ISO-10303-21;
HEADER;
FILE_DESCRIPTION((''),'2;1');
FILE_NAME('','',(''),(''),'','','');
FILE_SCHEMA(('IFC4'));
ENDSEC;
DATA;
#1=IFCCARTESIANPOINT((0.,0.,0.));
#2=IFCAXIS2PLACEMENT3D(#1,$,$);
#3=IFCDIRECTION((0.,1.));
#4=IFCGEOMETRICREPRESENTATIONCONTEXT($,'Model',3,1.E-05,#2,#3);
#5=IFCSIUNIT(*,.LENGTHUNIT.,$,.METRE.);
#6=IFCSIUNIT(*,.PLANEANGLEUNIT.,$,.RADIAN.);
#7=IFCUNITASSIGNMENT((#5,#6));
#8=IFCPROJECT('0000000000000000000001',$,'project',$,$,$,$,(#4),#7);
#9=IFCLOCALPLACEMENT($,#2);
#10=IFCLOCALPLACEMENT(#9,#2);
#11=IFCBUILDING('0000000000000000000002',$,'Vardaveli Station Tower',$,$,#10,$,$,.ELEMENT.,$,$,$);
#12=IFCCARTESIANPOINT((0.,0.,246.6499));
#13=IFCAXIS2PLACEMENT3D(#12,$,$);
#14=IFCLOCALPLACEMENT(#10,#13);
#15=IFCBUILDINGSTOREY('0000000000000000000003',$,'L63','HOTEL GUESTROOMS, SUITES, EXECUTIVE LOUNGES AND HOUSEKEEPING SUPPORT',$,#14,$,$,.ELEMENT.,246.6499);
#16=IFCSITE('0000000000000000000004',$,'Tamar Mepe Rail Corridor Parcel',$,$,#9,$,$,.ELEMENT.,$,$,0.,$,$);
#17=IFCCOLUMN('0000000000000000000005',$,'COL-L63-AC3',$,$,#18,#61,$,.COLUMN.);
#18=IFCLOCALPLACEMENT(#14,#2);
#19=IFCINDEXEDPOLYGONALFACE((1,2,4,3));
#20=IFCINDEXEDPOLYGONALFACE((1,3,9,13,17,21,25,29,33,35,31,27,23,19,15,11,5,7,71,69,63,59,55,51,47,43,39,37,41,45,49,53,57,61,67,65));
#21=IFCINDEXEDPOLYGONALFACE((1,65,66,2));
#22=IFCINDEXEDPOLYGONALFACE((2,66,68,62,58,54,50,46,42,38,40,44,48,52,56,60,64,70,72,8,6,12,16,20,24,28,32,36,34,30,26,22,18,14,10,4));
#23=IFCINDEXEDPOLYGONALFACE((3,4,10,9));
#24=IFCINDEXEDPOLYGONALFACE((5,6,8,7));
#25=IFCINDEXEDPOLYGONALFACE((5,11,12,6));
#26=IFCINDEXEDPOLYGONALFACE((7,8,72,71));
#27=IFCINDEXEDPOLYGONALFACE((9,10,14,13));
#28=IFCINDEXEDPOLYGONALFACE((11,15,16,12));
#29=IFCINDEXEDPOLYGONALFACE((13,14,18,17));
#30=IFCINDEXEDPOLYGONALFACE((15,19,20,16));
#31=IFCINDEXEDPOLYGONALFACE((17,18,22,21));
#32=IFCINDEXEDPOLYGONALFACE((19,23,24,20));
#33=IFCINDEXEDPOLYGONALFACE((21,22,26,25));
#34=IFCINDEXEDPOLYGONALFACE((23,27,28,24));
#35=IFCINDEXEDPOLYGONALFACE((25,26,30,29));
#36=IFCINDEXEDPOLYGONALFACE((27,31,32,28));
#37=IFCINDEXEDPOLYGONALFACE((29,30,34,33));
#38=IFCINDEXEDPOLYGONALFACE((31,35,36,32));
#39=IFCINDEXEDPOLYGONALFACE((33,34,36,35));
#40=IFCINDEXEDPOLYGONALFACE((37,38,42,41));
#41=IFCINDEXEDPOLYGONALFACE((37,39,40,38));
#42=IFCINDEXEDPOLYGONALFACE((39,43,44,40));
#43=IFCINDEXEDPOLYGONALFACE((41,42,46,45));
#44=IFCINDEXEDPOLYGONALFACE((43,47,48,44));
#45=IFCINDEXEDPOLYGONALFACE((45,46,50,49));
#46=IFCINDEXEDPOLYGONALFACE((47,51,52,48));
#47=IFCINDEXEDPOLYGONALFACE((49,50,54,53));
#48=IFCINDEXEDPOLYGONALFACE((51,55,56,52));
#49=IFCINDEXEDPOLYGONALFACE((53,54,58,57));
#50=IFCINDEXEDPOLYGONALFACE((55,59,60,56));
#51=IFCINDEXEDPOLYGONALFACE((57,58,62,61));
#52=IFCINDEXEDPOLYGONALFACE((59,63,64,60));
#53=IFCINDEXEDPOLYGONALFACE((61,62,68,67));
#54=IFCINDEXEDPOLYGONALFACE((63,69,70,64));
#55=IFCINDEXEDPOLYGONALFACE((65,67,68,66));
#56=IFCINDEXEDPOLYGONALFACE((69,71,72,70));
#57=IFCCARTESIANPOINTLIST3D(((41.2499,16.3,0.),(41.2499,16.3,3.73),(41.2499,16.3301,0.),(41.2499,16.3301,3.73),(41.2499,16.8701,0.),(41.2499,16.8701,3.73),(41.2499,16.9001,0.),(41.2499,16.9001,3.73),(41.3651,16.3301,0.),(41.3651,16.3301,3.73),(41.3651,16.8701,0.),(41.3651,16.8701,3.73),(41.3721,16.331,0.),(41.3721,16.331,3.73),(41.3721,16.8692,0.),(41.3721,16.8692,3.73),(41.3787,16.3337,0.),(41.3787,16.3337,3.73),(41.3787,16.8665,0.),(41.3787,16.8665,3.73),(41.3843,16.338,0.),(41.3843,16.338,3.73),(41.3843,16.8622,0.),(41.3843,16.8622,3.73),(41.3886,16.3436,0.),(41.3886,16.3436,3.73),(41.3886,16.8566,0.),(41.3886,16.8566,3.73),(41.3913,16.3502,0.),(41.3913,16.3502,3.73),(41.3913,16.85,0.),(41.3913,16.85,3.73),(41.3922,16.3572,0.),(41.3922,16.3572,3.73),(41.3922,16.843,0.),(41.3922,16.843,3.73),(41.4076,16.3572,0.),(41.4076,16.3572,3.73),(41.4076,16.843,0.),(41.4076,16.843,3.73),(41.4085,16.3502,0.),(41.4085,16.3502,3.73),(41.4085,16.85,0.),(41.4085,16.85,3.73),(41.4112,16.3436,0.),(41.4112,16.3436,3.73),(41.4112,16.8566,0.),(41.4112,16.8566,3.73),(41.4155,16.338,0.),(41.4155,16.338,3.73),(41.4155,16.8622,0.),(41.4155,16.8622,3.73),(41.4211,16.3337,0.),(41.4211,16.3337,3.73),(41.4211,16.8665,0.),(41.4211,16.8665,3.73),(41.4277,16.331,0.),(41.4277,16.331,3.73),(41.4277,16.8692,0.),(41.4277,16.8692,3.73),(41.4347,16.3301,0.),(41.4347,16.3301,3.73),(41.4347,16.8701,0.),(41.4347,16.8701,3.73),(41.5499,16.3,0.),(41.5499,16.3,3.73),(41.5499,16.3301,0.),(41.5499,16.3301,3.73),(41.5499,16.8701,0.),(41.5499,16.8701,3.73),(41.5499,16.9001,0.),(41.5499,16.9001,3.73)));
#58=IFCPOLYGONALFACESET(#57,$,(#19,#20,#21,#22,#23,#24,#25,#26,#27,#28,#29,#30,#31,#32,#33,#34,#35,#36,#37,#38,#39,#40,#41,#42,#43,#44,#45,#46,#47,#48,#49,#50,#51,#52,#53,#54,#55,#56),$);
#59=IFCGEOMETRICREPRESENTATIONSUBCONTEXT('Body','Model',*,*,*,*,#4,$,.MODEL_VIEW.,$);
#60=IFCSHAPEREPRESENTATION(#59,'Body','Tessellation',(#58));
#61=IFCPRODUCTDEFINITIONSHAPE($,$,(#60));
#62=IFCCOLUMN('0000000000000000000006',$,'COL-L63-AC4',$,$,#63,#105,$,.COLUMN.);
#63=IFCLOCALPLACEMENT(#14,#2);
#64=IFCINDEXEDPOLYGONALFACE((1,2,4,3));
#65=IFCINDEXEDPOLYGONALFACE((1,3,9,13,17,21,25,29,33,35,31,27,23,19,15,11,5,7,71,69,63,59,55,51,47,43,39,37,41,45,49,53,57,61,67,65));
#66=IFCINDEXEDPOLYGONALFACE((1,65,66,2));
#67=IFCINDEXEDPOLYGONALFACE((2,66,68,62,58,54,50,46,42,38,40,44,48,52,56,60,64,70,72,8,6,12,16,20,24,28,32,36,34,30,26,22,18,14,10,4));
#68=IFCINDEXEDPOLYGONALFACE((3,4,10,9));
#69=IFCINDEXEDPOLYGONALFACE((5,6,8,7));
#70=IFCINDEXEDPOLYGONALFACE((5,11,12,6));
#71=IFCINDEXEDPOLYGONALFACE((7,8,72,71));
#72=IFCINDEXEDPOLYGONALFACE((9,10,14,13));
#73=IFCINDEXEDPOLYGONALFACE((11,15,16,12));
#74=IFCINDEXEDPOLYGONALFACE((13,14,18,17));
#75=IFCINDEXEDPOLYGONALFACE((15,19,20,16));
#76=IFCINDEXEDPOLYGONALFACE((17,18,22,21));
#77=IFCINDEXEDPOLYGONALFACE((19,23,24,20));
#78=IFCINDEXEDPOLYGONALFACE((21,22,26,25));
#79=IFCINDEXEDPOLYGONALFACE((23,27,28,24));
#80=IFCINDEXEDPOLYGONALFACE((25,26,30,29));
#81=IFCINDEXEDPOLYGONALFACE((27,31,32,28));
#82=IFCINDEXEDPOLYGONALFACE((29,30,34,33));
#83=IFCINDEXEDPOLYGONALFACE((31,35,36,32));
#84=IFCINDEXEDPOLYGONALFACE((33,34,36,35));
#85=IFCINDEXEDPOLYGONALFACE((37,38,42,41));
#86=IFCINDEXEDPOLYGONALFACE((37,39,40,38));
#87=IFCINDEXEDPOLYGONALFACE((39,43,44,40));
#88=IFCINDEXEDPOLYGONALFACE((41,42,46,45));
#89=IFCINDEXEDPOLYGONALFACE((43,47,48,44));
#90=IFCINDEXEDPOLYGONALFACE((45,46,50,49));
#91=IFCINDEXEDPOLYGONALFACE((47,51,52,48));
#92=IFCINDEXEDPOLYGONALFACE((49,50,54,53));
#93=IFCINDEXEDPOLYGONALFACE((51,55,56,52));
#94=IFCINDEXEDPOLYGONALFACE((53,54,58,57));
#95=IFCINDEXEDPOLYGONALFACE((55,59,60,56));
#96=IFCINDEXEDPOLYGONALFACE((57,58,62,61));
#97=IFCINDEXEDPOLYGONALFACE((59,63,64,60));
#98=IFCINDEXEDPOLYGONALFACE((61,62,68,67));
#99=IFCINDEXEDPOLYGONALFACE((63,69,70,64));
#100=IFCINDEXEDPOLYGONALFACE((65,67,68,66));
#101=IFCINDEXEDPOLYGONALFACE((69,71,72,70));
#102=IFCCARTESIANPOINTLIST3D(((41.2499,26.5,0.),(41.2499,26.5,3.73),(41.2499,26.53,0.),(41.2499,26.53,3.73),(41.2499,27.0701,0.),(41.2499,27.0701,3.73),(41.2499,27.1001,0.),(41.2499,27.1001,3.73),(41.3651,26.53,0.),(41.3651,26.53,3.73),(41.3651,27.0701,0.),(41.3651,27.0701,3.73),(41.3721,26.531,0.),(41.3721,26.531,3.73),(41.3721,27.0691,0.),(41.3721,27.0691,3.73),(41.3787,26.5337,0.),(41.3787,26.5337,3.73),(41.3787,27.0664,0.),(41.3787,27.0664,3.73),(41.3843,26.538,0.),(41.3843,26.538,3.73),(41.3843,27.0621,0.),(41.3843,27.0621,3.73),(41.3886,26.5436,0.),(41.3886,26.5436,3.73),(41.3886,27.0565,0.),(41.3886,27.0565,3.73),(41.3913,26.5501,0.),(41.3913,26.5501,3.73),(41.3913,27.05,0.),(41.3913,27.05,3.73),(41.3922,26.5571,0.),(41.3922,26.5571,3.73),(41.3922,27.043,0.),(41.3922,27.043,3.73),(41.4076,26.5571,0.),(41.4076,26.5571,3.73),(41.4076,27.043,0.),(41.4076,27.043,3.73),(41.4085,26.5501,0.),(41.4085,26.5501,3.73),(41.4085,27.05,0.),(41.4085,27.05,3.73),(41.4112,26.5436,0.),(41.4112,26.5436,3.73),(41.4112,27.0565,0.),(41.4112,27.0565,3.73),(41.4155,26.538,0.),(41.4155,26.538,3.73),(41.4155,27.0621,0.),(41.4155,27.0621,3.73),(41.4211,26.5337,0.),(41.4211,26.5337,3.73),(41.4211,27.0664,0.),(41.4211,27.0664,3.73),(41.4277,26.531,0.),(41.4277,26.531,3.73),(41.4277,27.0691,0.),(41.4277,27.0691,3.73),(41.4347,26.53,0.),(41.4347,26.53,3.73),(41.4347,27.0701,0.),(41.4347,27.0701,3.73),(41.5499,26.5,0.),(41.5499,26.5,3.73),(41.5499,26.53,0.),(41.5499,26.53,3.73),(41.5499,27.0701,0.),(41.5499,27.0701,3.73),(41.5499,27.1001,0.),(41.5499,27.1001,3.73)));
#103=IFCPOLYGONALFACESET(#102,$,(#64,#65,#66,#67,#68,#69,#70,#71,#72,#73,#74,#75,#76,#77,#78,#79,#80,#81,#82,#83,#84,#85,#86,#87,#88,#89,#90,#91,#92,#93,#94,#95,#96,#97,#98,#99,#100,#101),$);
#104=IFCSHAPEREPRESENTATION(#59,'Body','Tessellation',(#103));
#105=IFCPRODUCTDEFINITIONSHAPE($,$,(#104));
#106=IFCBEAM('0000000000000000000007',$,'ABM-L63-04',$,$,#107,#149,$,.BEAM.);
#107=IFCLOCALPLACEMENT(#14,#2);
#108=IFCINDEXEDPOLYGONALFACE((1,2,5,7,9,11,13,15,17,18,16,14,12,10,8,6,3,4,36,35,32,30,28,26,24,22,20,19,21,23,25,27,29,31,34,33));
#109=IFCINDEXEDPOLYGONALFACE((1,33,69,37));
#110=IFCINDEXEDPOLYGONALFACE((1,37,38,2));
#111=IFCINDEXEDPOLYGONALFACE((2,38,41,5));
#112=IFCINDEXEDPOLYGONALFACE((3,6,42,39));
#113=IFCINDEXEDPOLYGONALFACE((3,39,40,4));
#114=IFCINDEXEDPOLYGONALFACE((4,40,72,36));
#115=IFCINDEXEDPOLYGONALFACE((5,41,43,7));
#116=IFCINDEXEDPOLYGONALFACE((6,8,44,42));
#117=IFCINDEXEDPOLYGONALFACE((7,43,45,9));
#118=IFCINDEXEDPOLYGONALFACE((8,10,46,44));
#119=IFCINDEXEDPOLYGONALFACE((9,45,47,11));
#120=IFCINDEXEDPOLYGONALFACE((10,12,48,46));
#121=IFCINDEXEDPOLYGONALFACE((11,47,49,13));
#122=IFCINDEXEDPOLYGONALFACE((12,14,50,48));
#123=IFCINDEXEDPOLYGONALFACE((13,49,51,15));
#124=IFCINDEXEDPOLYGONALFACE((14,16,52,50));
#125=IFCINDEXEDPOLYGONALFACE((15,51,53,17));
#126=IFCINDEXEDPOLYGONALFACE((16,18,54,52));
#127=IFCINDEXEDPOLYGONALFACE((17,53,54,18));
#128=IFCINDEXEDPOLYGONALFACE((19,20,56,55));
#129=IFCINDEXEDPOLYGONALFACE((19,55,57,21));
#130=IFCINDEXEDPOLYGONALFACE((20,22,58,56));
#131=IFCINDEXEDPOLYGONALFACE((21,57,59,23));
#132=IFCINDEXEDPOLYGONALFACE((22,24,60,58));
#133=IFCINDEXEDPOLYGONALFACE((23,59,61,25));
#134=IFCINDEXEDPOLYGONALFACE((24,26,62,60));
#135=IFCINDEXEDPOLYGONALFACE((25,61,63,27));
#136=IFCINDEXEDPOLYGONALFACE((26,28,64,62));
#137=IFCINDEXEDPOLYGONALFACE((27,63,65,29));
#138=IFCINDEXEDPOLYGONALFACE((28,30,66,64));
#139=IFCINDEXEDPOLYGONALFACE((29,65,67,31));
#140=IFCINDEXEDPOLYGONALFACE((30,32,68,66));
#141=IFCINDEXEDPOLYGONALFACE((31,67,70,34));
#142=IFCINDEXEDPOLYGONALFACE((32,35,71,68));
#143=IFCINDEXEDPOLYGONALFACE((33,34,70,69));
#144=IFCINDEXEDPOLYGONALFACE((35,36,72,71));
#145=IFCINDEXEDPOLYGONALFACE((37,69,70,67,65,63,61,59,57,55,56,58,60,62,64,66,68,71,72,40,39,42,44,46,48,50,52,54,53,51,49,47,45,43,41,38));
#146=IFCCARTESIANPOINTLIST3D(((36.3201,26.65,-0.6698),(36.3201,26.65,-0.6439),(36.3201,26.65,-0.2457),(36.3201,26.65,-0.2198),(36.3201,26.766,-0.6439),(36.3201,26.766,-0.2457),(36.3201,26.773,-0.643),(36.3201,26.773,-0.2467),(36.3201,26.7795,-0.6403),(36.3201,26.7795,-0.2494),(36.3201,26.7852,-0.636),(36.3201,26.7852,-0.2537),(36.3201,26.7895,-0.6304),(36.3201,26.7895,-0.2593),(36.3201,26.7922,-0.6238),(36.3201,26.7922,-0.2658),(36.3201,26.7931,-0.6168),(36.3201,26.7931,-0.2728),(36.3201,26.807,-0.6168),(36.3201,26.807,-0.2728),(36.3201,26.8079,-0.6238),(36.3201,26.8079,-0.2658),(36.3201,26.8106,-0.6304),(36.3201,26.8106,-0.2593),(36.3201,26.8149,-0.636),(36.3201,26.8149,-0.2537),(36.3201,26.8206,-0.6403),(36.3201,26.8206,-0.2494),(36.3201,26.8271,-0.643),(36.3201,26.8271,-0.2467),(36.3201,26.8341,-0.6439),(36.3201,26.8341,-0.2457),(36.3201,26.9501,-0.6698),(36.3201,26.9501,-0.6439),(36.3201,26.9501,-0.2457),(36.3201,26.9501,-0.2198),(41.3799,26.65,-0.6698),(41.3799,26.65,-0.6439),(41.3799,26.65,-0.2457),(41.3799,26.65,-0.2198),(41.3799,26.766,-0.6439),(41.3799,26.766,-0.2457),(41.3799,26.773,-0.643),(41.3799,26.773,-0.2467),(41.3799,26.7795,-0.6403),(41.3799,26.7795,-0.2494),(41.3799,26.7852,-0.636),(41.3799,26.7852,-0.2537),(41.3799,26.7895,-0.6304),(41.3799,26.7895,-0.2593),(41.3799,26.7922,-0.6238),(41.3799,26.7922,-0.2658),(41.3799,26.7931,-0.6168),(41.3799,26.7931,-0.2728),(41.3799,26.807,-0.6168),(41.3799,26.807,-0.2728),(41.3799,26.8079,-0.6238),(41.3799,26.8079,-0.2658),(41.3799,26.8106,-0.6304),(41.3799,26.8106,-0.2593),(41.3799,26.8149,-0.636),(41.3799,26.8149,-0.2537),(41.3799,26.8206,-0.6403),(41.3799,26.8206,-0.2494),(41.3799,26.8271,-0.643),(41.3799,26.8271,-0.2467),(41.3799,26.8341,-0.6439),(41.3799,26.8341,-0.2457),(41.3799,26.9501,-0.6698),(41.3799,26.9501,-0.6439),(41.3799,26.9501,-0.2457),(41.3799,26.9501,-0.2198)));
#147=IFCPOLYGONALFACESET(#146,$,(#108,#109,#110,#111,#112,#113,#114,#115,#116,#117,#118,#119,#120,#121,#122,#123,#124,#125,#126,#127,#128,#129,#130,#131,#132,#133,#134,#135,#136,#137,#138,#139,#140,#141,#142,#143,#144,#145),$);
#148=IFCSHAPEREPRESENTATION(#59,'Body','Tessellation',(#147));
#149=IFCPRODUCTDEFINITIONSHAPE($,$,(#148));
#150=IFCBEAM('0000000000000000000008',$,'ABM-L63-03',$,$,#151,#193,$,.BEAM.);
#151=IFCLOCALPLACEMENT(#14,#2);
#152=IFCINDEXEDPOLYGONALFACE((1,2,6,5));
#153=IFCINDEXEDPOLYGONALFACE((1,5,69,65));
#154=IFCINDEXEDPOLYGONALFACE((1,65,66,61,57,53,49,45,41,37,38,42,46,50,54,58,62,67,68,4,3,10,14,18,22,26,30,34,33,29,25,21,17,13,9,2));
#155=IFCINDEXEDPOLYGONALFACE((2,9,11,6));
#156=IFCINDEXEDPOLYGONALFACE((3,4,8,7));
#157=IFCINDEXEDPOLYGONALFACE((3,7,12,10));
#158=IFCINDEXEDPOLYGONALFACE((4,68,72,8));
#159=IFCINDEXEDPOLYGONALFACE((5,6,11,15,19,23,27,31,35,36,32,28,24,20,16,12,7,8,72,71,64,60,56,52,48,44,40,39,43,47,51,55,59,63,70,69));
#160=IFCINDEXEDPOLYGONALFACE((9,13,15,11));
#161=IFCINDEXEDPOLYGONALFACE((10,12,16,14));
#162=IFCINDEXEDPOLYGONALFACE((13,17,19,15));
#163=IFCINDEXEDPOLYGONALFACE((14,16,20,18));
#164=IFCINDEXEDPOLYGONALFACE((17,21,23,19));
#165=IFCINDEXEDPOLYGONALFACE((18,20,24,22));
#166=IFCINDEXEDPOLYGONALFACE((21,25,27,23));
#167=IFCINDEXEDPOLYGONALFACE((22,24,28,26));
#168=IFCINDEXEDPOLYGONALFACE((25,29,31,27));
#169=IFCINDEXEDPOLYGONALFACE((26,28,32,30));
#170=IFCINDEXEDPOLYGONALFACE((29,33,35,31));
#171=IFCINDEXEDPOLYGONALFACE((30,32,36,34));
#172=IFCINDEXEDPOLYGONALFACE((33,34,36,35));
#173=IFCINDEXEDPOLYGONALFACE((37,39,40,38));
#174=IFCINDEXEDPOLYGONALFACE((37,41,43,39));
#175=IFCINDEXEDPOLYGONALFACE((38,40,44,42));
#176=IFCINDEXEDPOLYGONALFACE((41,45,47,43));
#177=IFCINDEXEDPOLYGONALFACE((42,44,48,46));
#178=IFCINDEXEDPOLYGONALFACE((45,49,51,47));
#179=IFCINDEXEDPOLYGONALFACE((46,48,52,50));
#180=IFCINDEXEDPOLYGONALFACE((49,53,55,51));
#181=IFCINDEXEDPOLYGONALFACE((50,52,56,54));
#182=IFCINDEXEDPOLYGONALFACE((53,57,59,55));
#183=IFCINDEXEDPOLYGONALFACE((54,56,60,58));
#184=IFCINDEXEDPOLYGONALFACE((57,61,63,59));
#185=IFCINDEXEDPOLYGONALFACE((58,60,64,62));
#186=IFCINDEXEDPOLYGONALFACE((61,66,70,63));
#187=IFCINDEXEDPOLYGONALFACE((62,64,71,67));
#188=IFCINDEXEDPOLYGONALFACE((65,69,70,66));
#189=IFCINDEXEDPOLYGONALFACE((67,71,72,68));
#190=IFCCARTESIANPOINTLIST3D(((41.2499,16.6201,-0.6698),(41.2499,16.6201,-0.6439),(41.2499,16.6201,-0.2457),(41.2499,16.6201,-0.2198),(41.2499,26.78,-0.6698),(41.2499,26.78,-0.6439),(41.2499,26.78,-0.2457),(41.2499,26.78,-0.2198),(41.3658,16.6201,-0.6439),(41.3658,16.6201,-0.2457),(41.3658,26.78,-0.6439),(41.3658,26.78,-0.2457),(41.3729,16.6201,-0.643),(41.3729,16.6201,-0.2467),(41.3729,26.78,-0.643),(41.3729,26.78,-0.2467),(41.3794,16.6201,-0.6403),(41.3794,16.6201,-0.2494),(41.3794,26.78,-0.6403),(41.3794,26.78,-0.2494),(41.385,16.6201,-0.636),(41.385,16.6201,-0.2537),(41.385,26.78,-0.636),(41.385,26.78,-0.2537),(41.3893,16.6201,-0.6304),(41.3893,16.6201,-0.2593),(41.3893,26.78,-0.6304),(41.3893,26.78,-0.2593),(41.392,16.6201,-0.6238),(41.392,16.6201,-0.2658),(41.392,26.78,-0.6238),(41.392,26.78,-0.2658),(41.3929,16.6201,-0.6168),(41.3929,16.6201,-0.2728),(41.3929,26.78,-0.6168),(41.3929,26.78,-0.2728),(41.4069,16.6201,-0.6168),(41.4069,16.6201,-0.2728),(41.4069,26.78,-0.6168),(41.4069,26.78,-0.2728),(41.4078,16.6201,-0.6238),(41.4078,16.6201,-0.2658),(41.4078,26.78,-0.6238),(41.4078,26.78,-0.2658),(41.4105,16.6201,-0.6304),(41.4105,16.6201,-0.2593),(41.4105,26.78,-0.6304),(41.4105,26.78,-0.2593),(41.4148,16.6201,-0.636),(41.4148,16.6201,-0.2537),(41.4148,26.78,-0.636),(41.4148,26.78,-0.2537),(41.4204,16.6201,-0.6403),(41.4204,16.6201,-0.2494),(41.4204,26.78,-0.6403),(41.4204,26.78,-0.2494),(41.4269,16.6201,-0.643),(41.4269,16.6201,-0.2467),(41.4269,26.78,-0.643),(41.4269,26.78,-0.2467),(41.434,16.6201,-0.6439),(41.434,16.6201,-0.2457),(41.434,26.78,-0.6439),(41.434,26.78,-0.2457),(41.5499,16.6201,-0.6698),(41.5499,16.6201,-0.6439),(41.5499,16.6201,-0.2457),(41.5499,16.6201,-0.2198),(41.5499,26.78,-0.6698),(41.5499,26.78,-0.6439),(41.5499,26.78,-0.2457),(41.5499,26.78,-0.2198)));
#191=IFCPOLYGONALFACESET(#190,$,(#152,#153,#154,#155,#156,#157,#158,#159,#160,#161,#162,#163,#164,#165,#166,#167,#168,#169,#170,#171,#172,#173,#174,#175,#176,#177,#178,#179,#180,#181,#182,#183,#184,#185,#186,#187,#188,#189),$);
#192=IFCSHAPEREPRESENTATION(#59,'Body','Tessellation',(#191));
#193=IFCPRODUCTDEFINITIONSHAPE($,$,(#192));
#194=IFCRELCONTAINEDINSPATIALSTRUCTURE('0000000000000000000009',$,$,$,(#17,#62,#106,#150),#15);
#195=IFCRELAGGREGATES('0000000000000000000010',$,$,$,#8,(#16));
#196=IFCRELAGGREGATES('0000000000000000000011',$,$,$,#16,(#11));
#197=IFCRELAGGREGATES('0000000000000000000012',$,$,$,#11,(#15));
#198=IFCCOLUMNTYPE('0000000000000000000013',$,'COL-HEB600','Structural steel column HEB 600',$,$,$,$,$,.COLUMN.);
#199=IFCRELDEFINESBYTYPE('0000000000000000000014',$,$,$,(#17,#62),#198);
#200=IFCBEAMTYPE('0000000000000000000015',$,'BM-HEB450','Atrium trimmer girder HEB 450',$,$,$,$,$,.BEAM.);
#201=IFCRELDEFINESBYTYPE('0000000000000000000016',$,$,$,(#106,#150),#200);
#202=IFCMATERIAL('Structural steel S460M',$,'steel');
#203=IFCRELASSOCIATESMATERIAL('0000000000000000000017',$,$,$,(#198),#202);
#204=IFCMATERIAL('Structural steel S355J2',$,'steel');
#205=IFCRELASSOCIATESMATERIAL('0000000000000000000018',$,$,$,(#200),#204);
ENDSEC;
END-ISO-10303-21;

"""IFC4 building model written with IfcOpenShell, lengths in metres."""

from ifc_helpers import new_model, si_unit, direction, frame, origin, origin_2d, place, context, subcontext, project, spatial, i_section, extrude, source, transform, mapped, material, material_profile, profile_set, type_object, element, save


model = new_model("IFC4")

# Units and contexts
model_context = context("Model", 3, precision=1e-05, world=origin(), true_north=direction((0.0, 1.0)))
body_context = subcontext(model_context, "Body", "Model", "MODEL_VIEW")
ifc_project = project(units=[si_unit("LENGTHUNIT", "METRE"), si_unit("PLANEANGLEUNIT", "RADIAN")], contexts=[model_context])

# Site, building, storey
site_placement = place(None, origin())
site = spatial("IfcSite", under=ifc_project, at=site_placement, Name="Tamar Mepe Rail Corridor Parcel", CompositionType="ELEMENT", RefElevation=0.0)
building_placement = place(site_placement, origin())
building = spatial("IfcBuilding", under=site, at=building_placement, Name="Vardaveli Station Tower", CompositionType="ELEMENT")
storey_placement = place(building_placement, frame((0.0, 0.0, 246.6499)))
storey = spatial("IfcBuildingStorey", under=building, at=storey_placement, Name="L63", Description="HOTEL GUESTROOMS, SUITES, EXECUTIVE LOUNGES AND HOUSEKEEPING SUPPORT", CompositionType="ELEMENT", Elevation=246.6499)

# Columns
ifc_material_1 = material(Name="Structural steel S460M", Category="steel")
ifc_material_profile_1 = material_profile(ifc_material_1, i_section(OverallWidth=0.3, OverallDepth=0.6001, WebThickness=0.0154, FlangeThickness=0.03, FilletRadius=0.0271, at=origin_2d()), Name="HEB 600")
ifc_profile_set_1 = profile_set([ifc_material_profile_1], Name="Structural steel S460M")
column_type = type_object("IfcColumnType", Name="COL-HEB600", Description="Structural steel column HEB 600", PredefinedType="COLUMN", material=ifc_profile_set_1)
shared_shape_1 = source(origin(), body_context, "Body", "SweptSolid", [
    extrude(i_section(OverallWidth=0.3, OverallDepth=0.6001, WebThickness=0.0154, FlangeThickness=0.03, FilletRadius=0.0271, at=origin_2d()), origin(), (0.0, 0.0, 1.0), 3.73),
])
for number, where, z_axis, x_axis, name in (
    (1, (41.3999, 16.6001, 0.0), (0.0, 0.0, 1.0), (1.0, 0.0, 0.0), "COL-L63-AC3"),
    (2, (41.3999, 26.8, 0.0), (0.0, 0.0, 1.0), (1.0, 0.0, 0.0), "COL-L63-AC4"),
):
    element("IfcColumn", number, at=place(storey_placement, frame(where, z_axis=z_axis, x_axis=x_axis)), inside=storey, type_object=column_type, Name=name, PredefinedType="COLUMN", context=body_context, shape_type="MappedRepresentation", body=[
        mapped(shared_shape_1, transform((0.0, 0.0, 0.0), scale=1.0)),
    ])

# Beams
ifc_material_2 = material(Name="Structural steel S355J2", Category="steel")
ifc_material_profile_2 = material_profile(ifc_material_2, i_section(OverallWidth=0.3, OverallDepth=0.45, WebThickness=0.0139, FlangeThickness=0.0259, FilletRadius=0.0271, at=origin_2d()), Name="HEB 450")
ifc_profile_set_2 = profile_set([ifc_material_profile_2], Name="Structural steel S355J2")
beam_type = type_object("IfcBeamType", Name="BM-HEB450", Description="Atrium trimmer girder HEB 450", PredefinedType="BEAM", material=ifc_profile_set_2)
shared_shape_2 = source(origin(), body_context, "Body", "SweptSolid", [
    extrude(i_section(OverallWidth=0.3, OverallDepth=0.45, WebThickness=0.0139, FlangeThickness=0.0259, FilletRadius=0.0271, at=origin_2d()), origin(), (0.0, 0.0, 1.0), 5.0598),
])
beam_1_placement = place(storey_placement, frame((41.3799, 26.8, -0.4448), z_axis=(-1.0, 0.0, 0.0), x_axis=(0.0, -1.0, 0.0)))
element("IfcBeam", 3, at=beam_1_placement, inside=storey, type_object=beam_type, Name="ABM-L63-04", PredefinedType="BEAM", context=body_context, shape_type="MappedRepresentation", body=[
    mapped(shared_shape_2, transform((0.0, 0.0, 0.0), scale=1.0)),
])
shared_shape_3 = source(origin(), body_context, "Body", "SweptSolid", [
    extrude(i_section(OverallWidth=0.3, OverallDepth=0.45, WebThickness=0.0139, FlangeThickness=0.0259, FilletRadius=0.0271, at=origin_2d()), origin(), (0.0, 0.0, 1.0), 10.1599),
])
beam_2_placement = place(storey_placement, frame((41.3999, 16.6201, -0.4448), z_axis=(0.0, 1.0, 0.0), x_axis=(-1.0, 0.0, 0.0)))
element("IfcBeam", 4, at=beam_2_placement, inside=storey, type_object=beam_type, Name="ABM-L63-03", PredefinedType="BEAM", context=body_context, shape_type="MappedRepresentation", body=[
    mapped(shared_shape_3, transform((0.0, 0.0, 0.0), scale=1.0)),
])

save(model, "model.ifc")
